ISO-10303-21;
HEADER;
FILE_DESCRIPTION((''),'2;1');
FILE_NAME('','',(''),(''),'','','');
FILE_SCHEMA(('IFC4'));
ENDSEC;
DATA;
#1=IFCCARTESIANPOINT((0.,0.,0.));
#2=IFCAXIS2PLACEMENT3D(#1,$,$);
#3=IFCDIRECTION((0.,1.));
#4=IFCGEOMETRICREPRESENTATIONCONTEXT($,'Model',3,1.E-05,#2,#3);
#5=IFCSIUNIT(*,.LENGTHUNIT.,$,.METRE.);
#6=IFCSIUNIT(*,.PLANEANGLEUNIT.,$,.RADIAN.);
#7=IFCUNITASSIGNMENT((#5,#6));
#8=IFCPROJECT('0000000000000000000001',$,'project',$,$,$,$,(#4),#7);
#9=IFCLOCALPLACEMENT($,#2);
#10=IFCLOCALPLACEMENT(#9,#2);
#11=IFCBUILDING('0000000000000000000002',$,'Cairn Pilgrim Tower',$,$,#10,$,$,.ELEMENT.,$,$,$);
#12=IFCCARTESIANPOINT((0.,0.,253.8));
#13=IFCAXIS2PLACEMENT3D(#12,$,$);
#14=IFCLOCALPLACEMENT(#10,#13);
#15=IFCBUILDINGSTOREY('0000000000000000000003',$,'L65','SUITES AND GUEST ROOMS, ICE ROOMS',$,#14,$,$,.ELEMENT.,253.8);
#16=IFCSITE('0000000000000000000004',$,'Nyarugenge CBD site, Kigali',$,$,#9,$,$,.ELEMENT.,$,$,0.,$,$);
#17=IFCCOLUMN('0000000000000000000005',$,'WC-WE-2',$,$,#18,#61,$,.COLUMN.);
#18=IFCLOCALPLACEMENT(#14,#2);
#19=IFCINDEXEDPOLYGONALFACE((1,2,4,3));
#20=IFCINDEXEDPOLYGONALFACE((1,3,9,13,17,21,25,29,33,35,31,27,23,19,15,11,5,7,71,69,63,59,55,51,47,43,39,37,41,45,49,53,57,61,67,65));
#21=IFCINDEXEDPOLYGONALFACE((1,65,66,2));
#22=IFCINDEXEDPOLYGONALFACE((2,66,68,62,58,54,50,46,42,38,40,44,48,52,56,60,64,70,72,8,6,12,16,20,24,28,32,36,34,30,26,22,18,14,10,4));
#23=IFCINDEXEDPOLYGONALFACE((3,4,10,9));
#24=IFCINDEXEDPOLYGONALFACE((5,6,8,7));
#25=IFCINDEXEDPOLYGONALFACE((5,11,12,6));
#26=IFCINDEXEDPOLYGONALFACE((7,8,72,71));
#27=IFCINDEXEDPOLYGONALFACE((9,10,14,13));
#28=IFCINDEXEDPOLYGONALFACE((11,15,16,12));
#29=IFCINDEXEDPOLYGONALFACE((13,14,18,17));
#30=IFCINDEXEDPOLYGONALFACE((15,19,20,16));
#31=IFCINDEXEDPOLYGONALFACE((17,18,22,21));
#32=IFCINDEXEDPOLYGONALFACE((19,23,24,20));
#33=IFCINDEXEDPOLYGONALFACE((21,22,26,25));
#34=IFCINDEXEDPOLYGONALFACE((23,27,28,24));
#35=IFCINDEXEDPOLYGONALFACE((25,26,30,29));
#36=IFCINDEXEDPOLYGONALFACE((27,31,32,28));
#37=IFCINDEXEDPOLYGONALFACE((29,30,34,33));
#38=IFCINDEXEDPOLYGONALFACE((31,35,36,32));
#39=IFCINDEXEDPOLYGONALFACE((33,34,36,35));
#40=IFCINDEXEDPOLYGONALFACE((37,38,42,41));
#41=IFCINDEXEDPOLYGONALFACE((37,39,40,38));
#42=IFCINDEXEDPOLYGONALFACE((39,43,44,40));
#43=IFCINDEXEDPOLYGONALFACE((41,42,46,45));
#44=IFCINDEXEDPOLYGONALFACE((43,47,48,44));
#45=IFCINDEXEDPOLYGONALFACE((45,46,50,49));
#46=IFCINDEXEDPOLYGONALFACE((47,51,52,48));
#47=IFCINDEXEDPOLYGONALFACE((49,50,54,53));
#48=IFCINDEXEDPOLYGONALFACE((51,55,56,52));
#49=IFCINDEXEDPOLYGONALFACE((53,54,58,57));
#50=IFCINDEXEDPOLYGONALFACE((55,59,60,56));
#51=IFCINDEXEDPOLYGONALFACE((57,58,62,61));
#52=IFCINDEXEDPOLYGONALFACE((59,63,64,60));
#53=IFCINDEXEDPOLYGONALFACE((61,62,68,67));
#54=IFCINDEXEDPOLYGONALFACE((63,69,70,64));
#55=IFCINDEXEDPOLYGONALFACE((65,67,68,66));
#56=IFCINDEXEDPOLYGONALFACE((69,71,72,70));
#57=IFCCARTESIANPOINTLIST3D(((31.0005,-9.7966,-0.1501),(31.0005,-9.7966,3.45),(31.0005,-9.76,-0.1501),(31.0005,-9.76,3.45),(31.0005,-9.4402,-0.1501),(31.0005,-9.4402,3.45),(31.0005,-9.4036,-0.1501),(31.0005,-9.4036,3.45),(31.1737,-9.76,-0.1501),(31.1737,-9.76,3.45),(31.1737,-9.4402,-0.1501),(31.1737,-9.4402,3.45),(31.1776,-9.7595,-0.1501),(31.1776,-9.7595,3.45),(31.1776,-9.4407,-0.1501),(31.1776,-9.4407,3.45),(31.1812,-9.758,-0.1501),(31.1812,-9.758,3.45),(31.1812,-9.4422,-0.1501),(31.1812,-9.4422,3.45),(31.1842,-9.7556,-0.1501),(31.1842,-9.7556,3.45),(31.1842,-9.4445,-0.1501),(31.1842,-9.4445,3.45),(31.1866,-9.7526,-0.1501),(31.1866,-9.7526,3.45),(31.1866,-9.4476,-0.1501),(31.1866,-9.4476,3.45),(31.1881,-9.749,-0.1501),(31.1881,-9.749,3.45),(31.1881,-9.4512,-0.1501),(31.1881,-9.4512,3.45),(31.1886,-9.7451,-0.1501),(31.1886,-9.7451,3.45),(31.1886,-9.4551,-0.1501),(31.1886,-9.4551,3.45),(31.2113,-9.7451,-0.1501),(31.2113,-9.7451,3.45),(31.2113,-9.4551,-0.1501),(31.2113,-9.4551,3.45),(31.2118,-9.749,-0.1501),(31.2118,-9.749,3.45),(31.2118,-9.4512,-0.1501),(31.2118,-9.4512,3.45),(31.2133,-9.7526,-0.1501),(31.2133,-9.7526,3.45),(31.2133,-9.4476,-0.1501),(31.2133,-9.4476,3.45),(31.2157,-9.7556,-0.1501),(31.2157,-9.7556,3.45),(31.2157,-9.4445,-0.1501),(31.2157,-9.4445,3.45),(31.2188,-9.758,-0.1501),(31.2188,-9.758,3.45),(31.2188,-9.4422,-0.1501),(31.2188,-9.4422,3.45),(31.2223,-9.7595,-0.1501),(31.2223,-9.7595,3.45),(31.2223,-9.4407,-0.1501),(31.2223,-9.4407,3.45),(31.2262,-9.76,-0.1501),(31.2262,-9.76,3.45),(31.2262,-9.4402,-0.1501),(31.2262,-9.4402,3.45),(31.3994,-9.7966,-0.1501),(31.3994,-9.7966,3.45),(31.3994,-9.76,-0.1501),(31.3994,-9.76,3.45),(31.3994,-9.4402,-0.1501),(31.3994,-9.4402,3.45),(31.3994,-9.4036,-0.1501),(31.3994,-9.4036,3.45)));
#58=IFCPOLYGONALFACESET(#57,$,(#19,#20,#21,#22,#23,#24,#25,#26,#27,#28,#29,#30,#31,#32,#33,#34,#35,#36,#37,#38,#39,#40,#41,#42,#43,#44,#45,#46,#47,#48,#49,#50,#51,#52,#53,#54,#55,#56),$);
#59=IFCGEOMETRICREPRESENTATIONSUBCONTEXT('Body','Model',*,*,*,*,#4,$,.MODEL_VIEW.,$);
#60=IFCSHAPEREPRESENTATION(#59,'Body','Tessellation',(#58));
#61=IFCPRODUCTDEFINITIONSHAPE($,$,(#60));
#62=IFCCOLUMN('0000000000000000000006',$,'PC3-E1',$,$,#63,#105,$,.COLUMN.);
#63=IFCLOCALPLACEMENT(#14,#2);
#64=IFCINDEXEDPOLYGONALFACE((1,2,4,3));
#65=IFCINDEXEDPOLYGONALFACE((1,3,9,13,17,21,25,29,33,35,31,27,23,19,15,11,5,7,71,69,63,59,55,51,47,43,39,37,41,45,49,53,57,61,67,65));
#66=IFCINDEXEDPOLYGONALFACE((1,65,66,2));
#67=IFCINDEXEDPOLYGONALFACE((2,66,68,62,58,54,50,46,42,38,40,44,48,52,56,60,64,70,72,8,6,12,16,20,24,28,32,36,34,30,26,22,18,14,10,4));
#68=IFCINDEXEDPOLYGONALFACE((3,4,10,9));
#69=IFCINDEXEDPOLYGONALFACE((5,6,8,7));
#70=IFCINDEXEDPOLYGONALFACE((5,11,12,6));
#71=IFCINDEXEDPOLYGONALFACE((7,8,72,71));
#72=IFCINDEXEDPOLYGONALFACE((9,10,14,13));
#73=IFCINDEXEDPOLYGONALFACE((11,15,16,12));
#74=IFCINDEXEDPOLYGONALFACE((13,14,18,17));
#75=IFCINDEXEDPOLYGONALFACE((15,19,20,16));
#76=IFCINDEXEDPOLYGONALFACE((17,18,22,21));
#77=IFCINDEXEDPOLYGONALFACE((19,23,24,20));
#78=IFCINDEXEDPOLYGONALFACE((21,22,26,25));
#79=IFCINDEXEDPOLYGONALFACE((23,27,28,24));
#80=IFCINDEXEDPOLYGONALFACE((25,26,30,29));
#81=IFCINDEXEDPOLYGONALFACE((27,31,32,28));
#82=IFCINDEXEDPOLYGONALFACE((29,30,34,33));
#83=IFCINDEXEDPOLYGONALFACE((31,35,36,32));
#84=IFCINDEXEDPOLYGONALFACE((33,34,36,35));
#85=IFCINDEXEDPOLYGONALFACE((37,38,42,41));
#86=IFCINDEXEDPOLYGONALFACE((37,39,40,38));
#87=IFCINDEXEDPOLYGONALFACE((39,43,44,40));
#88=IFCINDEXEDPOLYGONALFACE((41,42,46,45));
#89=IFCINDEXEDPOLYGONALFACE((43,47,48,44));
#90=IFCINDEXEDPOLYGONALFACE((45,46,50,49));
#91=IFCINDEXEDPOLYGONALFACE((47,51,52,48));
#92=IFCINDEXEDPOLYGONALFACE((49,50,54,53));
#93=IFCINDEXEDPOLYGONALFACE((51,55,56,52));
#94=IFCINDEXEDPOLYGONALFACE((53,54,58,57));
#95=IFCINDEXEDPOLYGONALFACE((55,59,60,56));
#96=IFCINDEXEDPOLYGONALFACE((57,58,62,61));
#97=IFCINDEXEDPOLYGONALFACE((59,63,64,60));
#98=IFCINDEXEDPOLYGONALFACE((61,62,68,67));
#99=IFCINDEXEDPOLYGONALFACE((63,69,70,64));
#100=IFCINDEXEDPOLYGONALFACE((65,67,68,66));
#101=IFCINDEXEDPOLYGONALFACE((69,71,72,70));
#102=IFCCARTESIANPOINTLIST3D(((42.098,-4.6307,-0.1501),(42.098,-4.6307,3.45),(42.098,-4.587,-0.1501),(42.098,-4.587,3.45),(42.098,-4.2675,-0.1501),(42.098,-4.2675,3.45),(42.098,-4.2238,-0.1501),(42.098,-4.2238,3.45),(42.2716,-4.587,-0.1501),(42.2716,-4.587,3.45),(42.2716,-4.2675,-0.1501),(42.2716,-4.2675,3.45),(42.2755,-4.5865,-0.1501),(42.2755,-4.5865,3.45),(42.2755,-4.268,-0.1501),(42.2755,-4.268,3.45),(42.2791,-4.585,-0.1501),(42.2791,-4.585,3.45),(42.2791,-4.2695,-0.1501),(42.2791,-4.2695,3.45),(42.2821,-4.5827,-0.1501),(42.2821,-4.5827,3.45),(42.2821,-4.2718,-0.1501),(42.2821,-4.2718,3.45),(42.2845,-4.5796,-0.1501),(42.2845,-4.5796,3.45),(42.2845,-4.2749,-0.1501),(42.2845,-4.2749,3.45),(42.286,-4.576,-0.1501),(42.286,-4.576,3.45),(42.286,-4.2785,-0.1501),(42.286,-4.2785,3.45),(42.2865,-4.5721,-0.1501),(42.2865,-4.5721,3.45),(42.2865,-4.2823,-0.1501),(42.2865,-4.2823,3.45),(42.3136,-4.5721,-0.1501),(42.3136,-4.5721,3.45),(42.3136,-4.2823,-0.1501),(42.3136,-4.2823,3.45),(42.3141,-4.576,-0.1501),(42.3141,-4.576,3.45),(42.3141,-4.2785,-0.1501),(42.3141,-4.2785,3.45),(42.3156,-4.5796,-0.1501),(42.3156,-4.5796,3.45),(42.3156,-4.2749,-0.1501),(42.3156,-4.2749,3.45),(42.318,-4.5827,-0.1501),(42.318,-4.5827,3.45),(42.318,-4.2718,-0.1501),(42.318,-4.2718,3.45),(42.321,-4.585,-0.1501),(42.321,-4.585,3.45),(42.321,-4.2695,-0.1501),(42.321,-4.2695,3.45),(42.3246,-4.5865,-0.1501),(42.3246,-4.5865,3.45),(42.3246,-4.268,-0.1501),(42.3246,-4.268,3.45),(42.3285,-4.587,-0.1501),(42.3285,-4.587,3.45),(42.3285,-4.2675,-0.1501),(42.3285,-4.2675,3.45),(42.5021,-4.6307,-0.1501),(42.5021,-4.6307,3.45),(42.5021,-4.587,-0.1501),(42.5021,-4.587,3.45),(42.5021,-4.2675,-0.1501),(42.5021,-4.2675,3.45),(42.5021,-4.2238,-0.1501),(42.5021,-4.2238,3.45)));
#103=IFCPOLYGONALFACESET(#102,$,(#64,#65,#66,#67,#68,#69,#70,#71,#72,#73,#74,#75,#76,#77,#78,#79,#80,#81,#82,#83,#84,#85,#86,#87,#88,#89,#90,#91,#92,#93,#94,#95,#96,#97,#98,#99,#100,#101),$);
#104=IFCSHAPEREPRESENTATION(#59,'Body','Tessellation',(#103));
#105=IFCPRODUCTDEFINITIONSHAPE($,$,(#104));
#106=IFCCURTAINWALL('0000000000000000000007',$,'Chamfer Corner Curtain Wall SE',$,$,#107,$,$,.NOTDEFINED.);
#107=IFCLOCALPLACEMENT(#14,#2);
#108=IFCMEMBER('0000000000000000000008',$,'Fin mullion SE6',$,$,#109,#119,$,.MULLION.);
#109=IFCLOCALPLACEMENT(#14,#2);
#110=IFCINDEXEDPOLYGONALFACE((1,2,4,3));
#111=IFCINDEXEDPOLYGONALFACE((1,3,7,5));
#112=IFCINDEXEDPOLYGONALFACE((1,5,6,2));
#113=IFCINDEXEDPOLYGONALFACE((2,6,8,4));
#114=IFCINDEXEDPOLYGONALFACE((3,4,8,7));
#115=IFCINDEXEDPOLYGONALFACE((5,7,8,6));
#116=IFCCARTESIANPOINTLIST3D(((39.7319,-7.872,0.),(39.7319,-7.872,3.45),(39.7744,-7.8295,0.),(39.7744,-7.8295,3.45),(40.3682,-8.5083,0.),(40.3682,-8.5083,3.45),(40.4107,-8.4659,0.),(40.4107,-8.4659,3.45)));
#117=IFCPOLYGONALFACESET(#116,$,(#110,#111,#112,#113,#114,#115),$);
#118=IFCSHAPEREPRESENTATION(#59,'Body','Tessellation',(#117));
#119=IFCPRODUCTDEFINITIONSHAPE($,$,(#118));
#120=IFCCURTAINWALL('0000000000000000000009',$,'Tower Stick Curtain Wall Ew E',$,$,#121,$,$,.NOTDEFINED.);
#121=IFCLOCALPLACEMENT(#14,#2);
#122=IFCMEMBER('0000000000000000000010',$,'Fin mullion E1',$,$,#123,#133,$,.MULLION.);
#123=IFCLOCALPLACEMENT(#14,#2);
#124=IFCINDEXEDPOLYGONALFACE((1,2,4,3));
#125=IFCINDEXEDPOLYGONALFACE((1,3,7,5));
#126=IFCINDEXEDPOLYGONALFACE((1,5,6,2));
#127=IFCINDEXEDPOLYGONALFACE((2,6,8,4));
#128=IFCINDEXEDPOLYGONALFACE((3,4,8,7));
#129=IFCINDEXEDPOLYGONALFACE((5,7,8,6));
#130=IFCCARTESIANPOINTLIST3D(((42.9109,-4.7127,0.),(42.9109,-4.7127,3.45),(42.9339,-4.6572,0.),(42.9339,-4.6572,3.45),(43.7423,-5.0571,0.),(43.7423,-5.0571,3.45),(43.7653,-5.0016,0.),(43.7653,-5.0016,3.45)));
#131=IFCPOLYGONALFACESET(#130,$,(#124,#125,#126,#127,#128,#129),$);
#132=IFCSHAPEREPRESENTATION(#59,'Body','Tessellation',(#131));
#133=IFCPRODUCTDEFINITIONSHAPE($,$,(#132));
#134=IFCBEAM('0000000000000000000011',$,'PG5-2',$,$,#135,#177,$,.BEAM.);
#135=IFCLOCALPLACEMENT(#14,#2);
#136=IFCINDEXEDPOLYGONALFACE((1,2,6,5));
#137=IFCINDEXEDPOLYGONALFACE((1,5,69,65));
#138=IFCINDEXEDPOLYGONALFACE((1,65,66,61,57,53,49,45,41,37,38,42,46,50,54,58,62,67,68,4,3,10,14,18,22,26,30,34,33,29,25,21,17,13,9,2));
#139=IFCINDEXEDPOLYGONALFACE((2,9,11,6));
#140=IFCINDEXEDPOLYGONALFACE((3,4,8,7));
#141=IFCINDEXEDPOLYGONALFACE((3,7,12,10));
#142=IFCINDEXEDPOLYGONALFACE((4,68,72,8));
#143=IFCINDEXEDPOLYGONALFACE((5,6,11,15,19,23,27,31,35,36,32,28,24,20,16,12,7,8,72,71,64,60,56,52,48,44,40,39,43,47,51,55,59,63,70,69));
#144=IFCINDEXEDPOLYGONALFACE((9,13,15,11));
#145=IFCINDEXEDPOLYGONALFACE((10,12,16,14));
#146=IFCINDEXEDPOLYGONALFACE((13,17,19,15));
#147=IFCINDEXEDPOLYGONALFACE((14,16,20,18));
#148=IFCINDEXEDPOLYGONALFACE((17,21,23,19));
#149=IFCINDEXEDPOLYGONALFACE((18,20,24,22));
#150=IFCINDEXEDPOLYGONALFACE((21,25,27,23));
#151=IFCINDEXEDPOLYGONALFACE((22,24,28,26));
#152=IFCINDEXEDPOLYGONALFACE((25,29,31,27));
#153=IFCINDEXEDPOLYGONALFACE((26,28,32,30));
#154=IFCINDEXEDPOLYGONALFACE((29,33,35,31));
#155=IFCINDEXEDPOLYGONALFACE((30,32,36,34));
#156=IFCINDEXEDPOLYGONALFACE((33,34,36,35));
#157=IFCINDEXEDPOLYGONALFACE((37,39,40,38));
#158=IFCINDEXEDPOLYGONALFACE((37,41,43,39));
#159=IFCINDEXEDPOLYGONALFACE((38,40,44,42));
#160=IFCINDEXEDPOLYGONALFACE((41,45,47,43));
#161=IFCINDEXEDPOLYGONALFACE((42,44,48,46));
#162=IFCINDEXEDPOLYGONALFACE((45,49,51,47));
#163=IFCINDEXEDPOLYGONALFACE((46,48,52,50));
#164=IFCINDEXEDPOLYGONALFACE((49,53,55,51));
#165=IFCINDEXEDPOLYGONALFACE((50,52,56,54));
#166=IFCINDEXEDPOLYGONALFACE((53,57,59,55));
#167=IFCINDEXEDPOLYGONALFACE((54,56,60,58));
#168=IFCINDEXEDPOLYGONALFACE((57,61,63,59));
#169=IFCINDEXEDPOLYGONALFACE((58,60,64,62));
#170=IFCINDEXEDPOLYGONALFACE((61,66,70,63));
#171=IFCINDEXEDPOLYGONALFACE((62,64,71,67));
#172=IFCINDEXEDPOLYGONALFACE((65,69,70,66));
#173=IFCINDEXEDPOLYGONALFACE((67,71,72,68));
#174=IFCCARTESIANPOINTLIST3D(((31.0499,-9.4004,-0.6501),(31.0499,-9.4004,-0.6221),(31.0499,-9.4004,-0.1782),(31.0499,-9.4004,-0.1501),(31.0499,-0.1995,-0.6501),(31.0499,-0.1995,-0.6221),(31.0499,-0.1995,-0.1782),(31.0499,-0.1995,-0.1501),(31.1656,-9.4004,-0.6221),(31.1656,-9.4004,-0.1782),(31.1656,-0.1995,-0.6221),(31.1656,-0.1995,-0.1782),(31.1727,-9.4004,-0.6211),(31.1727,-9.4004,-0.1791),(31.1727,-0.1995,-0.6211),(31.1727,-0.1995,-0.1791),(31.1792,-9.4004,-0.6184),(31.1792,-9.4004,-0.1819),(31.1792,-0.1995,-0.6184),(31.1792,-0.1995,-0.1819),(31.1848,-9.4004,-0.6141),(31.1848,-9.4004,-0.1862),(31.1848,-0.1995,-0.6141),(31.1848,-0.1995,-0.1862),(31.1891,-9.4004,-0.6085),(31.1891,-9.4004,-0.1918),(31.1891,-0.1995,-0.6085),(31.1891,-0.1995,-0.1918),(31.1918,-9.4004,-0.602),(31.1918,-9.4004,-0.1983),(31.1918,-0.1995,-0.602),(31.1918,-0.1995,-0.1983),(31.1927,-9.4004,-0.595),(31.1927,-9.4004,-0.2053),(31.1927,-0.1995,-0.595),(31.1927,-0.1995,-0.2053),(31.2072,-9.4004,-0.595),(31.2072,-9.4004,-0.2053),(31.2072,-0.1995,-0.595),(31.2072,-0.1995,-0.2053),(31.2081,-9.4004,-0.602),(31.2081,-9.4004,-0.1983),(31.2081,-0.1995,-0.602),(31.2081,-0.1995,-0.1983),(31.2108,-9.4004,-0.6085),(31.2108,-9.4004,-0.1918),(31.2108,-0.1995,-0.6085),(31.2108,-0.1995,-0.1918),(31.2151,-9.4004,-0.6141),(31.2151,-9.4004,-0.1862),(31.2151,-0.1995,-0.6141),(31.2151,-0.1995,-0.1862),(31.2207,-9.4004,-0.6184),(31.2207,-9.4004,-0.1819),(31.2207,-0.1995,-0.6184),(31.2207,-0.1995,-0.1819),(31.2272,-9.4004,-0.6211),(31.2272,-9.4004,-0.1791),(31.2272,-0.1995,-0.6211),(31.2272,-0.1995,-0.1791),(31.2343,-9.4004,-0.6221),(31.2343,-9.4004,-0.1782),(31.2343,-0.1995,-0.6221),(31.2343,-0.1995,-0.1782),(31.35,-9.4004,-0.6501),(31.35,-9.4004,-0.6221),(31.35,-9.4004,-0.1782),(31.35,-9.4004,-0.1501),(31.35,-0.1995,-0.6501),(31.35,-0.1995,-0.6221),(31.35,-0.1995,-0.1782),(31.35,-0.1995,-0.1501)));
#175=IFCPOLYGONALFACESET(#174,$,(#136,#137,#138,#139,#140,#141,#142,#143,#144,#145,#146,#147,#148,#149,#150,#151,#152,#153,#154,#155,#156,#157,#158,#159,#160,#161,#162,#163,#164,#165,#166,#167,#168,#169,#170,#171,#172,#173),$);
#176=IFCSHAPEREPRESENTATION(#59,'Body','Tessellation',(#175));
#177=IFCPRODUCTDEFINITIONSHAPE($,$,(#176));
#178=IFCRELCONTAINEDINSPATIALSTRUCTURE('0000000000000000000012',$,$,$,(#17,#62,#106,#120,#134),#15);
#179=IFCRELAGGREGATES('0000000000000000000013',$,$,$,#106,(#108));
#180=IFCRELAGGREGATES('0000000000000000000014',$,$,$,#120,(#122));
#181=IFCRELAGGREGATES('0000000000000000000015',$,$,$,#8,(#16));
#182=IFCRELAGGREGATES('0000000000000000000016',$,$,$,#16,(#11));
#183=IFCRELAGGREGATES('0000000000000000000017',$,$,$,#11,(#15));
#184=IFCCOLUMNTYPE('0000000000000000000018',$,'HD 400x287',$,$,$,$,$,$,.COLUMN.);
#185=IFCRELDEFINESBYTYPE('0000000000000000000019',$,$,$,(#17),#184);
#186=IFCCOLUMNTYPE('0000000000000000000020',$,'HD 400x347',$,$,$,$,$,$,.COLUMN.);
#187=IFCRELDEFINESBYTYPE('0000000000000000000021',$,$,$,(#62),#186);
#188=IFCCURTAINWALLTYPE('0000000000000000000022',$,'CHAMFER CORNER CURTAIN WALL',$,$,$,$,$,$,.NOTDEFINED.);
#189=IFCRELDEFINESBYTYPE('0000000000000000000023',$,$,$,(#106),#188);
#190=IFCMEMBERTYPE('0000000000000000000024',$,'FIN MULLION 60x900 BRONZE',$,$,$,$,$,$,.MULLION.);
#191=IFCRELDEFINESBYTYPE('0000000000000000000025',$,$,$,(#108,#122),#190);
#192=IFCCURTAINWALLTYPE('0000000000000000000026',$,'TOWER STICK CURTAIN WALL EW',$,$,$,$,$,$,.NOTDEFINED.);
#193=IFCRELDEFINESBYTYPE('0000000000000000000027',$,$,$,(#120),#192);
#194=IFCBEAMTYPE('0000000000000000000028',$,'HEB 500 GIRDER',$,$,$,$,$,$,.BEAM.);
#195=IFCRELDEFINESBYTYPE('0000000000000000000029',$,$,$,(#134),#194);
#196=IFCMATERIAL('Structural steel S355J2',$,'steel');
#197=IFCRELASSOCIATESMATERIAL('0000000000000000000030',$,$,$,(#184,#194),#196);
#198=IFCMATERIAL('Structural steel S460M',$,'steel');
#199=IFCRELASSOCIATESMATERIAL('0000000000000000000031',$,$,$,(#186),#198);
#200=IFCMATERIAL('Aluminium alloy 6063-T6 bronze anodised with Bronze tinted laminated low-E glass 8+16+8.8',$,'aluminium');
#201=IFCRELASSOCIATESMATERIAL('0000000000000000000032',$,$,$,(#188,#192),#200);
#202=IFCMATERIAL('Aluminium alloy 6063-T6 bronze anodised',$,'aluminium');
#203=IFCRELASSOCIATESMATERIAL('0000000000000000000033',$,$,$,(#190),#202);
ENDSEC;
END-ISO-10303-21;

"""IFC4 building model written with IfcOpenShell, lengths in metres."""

from ifc_helpers import new_model, si_unit, direction, frame, origin, origin_2d, place, context, subcontext, project, spatial, rectangle, i_section, extrude, material, material_profile, profile_set, type_object, element, aggregate, save


model = new_model("IFC4")

# Units and contexts
model_context = context("Model", 3, precision=1e-05, world=origin(), true_north=direction((0.0, 1.0)))
body_context = subcontext(model_context, "Body", "Model", "MODEL_VIEW")
ifc_project = project(units=[si_unit("LENGTHUNIT", "METRE"), si_unit("PLANEANGLEUNIT", "RADIAN")], contexts=[model_context])

# Site, building, storey
site_placement = place(None, origin())
site = spatial("IfcSite", under=ifc_project, at=site_placement, Name="Nyarugenge CBD site, Kigali", CompositionType="ELEMENT", RefElevation=0.0)
building_placement = place(site_placement, origin())
building = spatial("IfcBuilding", under=site, at=building_placement, Name="Cairn Pilgrim Tower", CompositionType="ELEMENT")
storey_placement = place(building_placement, frame((0.0, 0.0, 253.8)))
storey = spatial("IfcBuildingStorey", under=building, at=storey_placement, Name="L65", Description="SUITES AND GUEST ROOMS, ICE ROOMS", CompositionType="ELEMENT", Elevation=253.8)

# Columns
ifc_material_1 = material(Name="Structural steel S355J2", Category="steel")
ifc_material_profile_1 = material_profile(ifc_material_1, i_section(OverallWidth=0.3989, OverallDepth=0.3931, WebThickness=0.0227, FlangeThickness=0.0366, FilletRadius=0.0149, at=origin_2d()), Name="HD 400x287")
ifc_profile_set_1 = profile_set([ifc_material_profile_1], Name="Structural steel S355J2")
column_type_1 = type_object("IfcColumnType", Name="HD 400x287", PredefinedType="COLUMN", material=ifc_profile_set_1)
column_1_placement = place(storey_placement, frame((31.2, -9.6001, -0.1501), z_axis=(0.0, 0.0, 1.0), x_axis=(1.0, 0.0, 0.0)))
element("IfcColumn", 1, at=column_1_placement, inside=storey, type_object=column_type_1, Name="WC-WE-2", PredefinedType="COLUMN", context=body_context, shape_type="SweptSolid", body=[
    extrude(i_section(OverallWidth=0.3989, OverallDepth=0.3931, WebThickness=0.0227, FlangeThickness=0.0366, FilletRadius=0.0149, at=origin_2d()), origin(), (0.0, 0.0, 1.0), 3.6001),
])
ifc_material_2 = material(Name="Structural steel S460M", Category="steel")
ifc_material_profile_2 = material_profile(ifc_material_2, i_section(OverallWidth=0.4041, OverallDepth=0.407, WebThickness=0.0271, FlangeThickness=0.0437, FilletRadius=0.0149, at=origin_2d()), Name="HD 400x347")
ifc_profile_set_2 = profile_set([ifc_material_profile_2], Name="Structural steel S460M")
column_type_2 = type_object("IfcColumnType", Name="HD 400x347", PredefinedType="COLUMN", material=ifc_profile_set_2)
column_2_placement = place(storey_placement, frame((42.3, -4.4272, -0.1501), z_axis=(0.0, 0.0, 1.0), x_axis=(1.0, 0.0, 0.0)))
element("IfcColumn", 2, at=column_2_placement, inside=storey, type_object=column_type_2, Name="PC3-E1", PredefinedType="COLUMN", context=body_context, shape_type="SweptSolid", body=[
    extrude(i_section(OverallWidth=0.4041, OverallDepth=0.407, WebThickness=0.0271, FlangeThickness=0.0437, FilletRadius=0.0149, at=origin_2d()), origin(), (0.0, 0.0, 1.0), 3.6001),
])

# Curtain walls, members
ifc_material_3 = material(Name="Aluminium alloy 6063-T6 bronze anodised with Bronze tinted laminated low-E glass 8+16+8.8", Category="aluminium")
curtain_wall_type_1 = type_object("IfcCurtainWallType", Name="CHAMFER CORNER CURTAIN WALL", PredefinedType="NOTDEFINED", material=ifc_material_3)
curtain_wall_1_placement = place(storey_placement, origin())
curtain_wall_1 = element("IfcCurtainWall", 3, at=curtain_wall_1_placement, inside=storey, type_object=curtain_wall_type_1, Name="Chamfer Corner Curtain Wall SE", PredefinedType="NOTDEFINED")
ifc_material_4 = material(Name="Aluminium alloy 6063-T6 bronze anodised", Category="aluminium")
ifc_material_profile_3 = material_profile(ifc_material_4, rectangle(XDim=0.8999, YDim=0.0601, at=origin_2d()), Name="FIN MULLION 60x900 BRONZE")
ifc_profile_set_3 = profile_set([ifc_material_profile_3], Name="Aluminium alloy 6063-T6 bronze anodised")
member_type_1 = type_object("IfcMemberType", Name="FIN MULLION 60x900 BRONZE", PredefinedType="MULLION", material=ifc_profile_set_3)
member_1_placement = place(storey_placement, frame((40.0713, -8.1689, 0.0), z_axis=(0.0, 0.0, 1.0), x_axis=(0.707107, -0.707107, 0.0)))
member_1 = element("IfcMember", 4, at=member_1_placement, type_object=member_type_1, Name="Fin mullion SE6", PredefinedType="MULLION", context=body_context, shape_type="SweptSolid", body=[
    extrude(rectangle(XDim=0.8999, YDim=0.0601, at=origin_2d()), origin(), (0.0, 0.0, 1.0), 3.45),
])
aggregate(curtain_wall_1, [member_1])
curtain_wall_type_2 = type_object("IfcCurtainWallType", Name="TOWER STICK CURTAIN WALL EW", PredefinedType="NOTDEFINED", material=ifc_material_3)
curtain_wall_2_placement = place(storey_placement, origin())
curtain_wall_2 = element("IfcCurtainWall", 5, at=curtain_wall_2_placement, inside=storey, type_object=curtain_wall_type_2, Name="Tower Stick Curtain Wall Ew E", PredefinedType="NOTDEFINED")
member_2_placement = place(storey_placement, frame((43.3381, -4.8572, 0.0), z_axis=(0.0, 0.0, 1.0), x_axis=(0.92388, -0.382683, 0.0)))
member_2 = element("IfcMember", 6, at=member_2_placement, type_object=member_type_1, Name="Fin mullion E1", PredefinedType="MULLION", context=body_context, shape_type="SweptSolid", body=[
    extrude(rectangle(XDim=0.8999, YDim=0.0601, at=origin_2d()), origin(), (0.0, 0.0, 1.0), 3.45),
])

# Beam
ifc_material_profile_4 = material_profile(ifc_material_1, i_section(OverallWidth=0.3, OverallDepth=0.5, WebThickness=0.0144, FlangeThickness=0.0281, FilletRadius=0.0271, at=origin_2d()), Name="HEB 500")
ifc_profile_set_4 = profile_set([ifc_material_profile_4], Name="Structural steel S355J2")
beam_type_1 = type_object("IfcBeamType", Name="HEB 500 GIRDER", PredefinedType="BEAM", material=ifc_profile_set_4)
beam_1_placement = place(storey_placement, frame((31.2, -9.4004, -0.4001), z_axis=(0.0, 1.0, 0.0), x_axis=(-1.0, 0.0, 0.0)))
element("IfcBeam", 7, at=beam_1_placement, inside=storey, type_object=beam_type_1, Name="PG5-2", PredefinedType="BEAM", context=body_context, shape_type="SweptSolid", body=[
    extrude(i_section(OverallWidth=0.3, OverallDepth=0.5, WebThickness=0.0144, FlangeThickness=0.0281, FilletRadius=0.0271, at=origin_2d()), origin(), (0.0, 0.0, 1.0), 9.2009),
])

aggregate(curtain_wall_2, [member_2])

save(model, "model.ifc")
